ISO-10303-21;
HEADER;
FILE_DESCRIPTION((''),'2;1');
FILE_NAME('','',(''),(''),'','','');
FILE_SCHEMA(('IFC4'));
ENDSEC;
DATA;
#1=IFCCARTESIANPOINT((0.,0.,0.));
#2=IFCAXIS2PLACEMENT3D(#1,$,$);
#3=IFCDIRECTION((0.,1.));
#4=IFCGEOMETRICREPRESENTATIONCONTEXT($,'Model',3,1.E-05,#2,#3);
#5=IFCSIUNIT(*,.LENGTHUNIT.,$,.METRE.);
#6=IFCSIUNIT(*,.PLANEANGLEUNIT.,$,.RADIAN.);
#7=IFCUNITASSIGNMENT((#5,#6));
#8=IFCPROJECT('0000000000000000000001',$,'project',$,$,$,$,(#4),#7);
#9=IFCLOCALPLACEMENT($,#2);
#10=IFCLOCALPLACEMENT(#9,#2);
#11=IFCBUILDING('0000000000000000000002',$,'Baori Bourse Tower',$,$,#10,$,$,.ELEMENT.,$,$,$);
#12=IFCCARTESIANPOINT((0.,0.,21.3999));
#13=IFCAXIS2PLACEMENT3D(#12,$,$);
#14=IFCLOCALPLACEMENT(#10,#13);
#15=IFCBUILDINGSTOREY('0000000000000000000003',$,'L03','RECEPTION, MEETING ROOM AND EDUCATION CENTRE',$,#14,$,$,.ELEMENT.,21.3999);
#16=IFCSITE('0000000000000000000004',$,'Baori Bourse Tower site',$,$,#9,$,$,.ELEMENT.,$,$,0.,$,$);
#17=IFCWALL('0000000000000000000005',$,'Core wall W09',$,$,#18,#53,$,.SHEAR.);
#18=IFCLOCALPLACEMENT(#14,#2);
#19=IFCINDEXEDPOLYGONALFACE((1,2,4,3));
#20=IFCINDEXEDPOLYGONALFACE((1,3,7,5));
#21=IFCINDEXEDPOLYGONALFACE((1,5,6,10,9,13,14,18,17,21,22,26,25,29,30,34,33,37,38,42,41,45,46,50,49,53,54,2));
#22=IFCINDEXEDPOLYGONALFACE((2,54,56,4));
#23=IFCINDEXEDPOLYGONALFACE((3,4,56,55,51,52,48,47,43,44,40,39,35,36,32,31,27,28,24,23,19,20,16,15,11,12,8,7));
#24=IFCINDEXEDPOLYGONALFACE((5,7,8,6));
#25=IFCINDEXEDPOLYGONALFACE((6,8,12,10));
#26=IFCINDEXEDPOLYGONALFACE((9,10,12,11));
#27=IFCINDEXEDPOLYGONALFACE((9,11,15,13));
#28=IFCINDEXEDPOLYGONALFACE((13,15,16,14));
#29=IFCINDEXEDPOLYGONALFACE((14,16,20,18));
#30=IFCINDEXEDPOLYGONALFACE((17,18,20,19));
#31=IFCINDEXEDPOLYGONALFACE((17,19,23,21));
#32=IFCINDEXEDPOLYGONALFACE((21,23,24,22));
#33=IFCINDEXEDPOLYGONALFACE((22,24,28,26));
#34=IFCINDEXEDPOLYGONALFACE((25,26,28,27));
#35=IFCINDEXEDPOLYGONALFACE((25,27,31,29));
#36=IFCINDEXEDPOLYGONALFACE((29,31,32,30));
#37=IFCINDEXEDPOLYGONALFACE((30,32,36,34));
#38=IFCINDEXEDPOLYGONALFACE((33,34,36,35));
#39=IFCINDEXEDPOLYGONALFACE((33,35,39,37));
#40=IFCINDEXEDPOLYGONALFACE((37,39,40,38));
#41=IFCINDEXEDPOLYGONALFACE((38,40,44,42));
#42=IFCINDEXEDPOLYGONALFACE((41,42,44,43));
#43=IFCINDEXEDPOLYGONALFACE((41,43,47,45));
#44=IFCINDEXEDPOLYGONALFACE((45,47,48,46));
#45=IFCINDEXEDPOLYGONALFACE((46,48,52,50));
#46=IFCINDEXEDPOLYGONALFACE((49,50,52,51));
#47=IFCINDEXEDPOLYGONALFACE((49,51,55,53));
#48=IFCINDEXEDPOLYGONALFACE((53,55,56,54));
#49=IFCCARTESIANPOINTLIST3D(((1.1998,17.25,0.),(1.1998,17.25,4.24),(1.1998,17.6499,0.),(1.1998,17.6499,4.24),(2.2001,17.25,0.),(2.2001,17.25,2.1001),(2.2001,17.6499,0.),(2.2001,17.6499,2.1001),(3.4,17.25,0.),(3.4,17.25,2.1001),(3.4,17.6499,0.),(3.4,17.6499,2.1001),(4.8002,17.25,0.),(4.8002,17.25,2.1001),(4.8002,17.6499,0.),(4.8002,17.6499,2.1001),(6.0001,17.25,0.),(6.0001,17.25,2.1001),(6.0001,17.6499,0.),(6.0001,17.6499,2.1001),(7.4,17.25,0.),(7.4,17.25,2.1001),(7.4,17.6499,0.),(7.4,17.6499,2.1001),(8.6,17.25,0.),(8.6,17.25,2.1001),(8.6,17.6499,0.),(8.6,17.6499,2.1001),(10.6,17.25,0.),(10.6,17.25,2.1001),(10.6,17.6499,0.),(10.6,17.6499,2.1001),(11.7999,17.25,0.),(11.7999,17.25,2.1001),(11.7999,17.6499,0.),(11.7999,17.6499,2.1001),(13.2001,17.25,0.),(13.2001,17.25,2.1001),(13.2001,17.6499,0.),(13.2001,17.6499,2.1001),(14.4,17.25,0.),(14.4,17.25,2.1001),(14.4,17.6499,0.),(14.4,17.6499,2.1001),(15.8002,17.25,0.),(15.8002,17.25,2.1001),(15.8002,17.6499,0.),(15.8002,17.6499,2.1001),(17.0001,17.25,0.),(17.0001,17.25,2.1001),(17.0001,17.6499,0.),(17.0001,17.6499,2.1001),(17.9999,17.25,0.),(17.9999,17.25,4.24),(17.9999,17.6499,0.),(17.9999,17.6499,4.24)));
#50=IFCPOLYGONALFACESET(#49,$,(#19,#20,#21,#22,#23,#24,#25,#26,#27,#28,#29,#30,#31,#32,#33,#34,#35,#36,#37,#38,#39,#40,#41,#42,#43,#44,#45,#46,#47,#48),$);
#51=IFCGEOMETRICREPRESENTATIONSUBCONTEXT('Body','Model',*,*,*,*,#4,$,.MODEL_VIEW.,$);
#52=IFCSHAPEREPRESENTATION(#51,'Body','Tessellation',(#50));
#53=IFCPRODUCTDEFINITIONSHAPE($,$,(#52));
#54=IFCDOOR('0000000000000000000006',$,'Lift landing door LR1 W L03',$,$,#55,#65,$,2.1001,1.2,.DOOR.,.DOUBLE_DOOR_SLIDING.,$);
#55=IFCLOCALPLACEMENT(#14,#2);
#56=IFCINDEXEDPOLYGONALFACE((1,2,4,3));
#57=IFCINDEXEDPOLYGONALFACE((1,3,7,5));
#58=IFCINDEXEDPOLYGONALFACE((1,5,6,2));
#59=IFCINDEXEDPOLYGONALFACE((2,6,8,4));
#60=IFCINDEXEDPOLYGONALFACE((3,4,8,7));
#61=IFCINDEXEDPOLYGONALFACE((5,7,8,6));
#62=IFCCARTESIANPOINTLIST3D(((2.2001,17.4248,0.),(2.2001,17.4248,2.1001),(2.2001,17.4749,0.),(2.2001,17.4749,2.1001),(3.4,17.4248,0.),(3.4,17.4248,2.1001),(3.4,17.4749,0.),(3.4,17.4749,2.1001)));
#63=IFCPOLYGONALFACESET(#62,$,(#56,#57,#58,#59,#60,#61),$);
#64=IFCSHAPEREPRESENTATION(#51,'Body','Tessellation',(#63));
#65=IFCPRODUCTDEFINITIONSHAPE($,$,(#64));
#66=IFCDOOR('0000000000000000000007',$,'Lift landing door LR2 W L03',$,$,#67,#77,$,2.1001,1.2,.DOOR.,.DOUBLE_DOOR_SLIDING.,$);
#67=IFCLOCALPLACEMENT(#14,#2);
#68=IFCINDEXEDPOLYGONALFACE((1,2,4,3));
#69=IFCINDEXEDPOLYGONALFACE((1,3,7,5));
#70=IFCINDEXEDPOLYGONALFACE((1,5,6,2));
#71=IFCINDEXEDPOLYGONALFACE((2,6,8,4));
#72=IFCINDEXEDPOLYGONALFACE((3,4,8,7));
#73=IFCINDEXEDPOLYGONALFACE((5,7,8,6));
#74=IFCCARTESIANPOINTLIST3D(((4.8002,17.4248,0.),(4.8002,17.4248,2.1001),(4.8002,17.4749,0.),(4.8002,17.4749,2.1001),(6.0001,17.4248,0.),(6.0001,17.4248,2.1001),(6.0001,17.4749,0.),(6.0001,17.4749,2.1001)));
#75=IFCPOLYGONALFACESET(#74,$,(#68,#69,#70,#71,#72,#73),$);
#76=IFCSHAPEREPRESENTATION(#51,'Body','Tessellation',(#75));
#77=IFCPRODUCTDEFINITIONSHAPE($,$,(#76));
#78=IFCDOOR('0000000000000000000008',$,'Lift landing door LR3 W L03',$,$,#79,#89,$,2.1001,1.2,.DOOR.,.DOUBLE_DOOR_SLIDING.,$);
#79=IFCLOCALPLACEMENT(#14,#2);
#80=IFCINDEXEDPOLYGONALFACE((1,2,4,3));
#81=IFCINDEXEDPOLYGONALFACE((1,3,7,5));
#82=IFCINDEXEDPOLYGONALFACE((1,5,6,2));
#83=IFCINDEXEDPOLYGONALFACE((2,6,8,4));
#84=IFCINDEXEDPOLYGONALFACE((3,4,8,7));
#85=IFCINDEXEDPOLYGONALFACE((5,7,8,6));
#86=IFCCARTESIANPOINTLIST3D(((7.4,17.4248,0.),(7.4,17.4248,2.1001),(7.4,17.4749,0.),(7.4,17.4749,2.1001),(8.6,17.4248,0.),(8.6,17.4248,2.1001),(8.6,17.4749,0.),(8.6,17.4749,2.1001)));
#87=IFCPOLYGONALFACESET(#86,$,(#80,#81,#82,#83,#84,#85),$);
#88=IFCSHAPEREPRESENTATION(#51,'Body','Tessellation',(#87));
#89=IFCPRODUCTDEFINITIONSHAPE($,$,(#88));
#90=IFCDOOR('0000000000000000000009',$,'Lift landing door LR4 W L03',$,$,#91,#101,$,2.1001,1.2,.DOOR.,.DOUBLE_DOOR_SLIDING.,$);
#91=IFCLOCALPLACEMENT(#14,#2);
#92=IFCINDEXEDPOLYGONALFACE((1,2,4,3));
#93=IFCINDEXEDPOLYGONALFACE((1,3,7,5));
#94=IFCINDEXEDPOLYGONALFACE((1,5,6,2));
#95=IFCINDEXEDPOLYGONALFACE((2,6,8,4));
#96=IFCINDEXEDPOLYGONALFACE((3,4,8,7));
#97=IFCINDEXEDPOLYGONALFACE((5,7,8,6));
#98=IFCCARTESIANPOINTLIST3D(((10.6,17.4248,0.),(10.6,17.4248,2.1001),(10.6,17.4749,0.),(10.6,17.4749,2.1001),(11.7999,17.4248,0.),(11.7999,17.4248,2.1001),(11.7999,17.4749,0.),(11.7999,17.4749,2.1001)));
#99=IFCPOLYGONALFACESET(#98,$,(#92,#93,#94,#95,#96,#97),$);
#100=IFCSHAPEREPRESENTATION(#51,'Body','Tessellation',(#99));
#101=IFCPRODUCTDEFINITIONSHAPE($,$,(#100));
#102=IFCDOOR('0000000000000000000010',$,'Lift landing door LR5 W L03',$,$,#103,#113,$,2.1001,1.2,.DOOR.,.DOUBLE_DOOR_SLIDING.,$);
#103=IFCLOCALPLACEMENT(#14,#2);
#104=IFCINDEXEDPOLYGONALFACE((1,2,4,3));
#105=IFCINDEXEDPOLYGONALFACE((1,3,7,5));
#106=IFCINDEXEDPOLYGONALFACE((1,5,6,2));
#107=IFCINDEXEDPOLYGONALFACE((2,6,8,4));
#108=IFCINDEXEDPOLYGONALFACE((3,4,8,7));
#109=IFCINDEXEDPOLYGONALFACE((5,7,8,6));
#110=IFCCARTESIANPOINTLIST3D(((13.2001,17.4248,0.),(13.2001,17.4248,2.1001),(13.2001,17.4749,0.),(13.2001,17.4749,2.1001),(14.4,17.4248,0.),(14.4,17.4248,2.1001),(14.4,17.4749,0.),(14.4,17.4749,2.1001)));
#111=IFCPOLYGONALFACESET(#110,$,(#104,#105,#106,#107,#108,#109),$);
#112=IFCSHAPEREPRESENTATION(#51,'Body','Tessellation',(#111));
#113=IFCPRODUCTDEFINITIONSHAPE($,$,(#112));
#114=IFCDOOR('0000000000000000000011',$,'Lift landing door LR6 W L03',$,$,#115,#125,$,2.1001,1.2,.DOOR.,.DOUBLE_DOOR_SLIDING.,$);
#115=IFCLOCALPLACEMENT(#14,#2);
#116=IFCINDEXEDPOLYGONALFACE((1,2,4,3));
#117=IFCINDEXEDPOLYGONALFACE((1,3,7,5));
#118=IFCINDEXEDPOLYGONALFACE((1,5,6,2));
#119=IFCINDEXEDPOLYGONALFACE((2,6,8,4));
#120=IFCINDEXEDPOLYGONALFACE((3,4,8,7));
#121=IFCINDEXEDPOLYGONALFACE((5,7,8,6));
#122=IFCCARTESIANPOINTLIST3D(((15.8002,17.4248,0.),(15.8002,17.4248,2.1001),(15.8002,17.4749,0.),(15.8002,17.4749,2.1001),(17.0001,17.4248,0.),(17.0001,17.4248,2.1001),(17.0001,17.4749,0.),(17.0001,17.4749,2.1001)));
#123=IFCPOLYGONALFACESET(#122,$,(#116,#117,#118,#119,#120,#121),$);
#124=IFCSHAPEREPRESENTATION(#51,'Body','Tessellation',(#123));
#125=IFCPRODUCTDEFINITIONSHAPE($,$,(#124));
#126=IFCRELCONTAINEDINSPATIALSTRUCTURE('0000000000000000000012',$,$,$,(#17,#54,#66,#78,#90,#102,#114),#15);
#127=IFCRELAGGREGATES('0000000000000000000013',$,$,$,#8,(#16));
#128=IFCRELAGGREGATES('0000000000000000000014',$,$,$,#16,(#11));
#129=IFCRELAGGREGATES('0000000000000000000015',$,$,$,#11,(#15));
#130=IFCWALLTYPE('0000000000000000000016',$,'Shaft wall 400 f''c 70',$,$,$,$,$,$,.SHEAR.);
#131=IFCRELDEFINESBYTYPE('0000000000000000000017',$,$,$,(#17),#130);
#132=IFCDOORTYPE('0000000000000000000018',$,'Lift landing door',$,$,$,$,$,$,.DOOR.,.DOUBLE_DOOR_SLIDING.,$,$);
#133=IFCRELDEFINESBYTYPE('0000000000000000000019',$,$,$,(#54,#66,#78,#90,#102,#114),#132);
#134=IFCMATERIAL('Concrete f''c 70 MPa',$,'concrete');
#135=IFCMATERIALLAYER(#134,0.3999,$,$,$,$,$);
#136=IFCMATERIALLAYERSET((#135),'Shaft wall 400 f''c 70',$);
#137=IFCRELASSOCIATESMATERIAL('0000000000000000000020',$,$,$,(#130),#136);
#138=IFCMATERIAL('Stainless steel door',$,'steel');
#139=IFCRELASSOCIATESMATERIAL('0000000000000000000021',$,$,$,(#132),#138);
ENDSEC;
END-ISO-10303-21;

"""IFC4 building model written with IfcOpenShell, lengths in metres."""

from ifc_helpers import new_model, si_unit, direction, frame, frame_2d, origin, place, context, subcontext, project, spatial, rectangle, extrude, material, layer, layer_set, type_object, element, fill, save


model = new_model("IFC4")

# Units and contexts
model_context = context("Model", 3, precision=1e-05, world=origin(), true_north=direction((0.0, 1.0)))
body_context = subcontext(model_context, "Body", "Model", "MODEL_VIEW")
ifc_project = project(units=[si_unit("LENGTHUNIT", "METRE"), si_unit("PLANEANGLEUNIT", "RADIAN")], contexts=[model_context])

# Site, building, storey
site_placement = place(None, origin())
site = spatial("IfcSite", under=ifc_project, at=site_placement, Name="Baori Bourse Tower site", CompositionType="ELEMENT", RefElevation=0.0)
building_placement = place(site_placement, origin())
building = spatial("IfcBuilding", under=site, at=building_placement, Name="Baori Bourse Tower", CompositionType="ELEMENT")
storey_placement = place(building_placement, frame((0.0, 0.0, 21.3999)))
storey = spatial("IfcBuildingStorey", under=building, at=storey_placement, Name="L03", Description="RECEPTION, MEETING ROOM AND EDUCATION CENTRE", CompositionType="ELEMENT", Elevation=21.3999)

# Shared definitions
ifc_material_1 = material(Name="Concrete f'c 70 MPa", Category="concrete")
ifc_layer_1 = layer(ifc_material_1, 0.3999)
ifc_layer_set_1 = layer_set([ifc_layer_1], Name="Shaft wall 400 f'c 70")
wall_type_1 = type_object("IfcWallType", Name="Shaft wall 400 f'c 70", PredefinedType="SHEAR", material=ifc_layer_set_1)

# Wall, openings, doors
wall_1_placement = place(storey_placement, frame((1.2, 17.45, 0.0), z_axis=(0.0, 0.0, 1.0), x_axis=(1.0, 0.0, 0.0)))
wall_1 = element("IfcWall", 1, at=wall_1_placement, inside=storey, type_object=wall_type_1, Name="Core wall W09", PredefinedType="SHEAR", context=body_context, shape_type="SweptSolid", body=[
    extrude(rectangle(XDim=16.8, YDim=0.3999, at=frame_2d((8.3999, 0.0))), origin(), (0.0, 0.0, 1.0), 4.24),
])
opening_1_placement = place(wall_1_placement, frame((1.0, 0.0, 0.0)))
opening_1 = element("IfcOpeningElement", 2, at=opening_1_placement, cuts=wall_1, PredefinedType="OPENING", context=body_context, shape_type="SweptSolid", body=[
    extrude(rectangle(XDim=1.2, YDim=2.1001, at=frame_2d((0.6001, 1.05))), frame((0.0, 0.21, 0.0), z_axis=(0.0, -1.0, 0.0), x_axis=(1.0, 0.0, 0.0)), (0.0, 0.0, 1.0), 0.4199),
])
opening_2_placement = place(wall_1_placement, frame((3.6001, 0.0, 0.0)))
opening_2 = element("IfcOpeningElement", 3, at=opening_2_placement, cuts=wall_1, PredefinedType="OPENING", context=body_context, shape_type="SweptSolid", body=[
    extrude(rectangle(XDim=1.2, YDim=2.1001, at=frame_2d((0.6001, 1.05))), frame((0.0, 0.21, 0.0), z_axis=(0.0, -1.0, 0.0), x_axis=(1.0, 0.0, 0.0)), (0.0, 0.0, 1.0), 0.4199),
])
opening_3_placement = place(wall_1_placement, frame((6.2, 0.0, 0.0)))
opening_3 = element("IfcOpeningElement", 4, at=opening_3_placement, cuts=wall_1, PredefinedType="OPENING", context=body_context, shape_type="SweptSolid", body=[
    extrude(rectangle(XDim=1.2, YDim=2.1001, at=frame_2d((0.6001, 1.05))), frame((0.0, 0.21, 0.0), z_axis=(0.0, -1.0, 0.0), x_axis=(1.0, 0.0, 0.0)), (0.0, 0.0, 1.0), 0.4199),
])
opening_4_placement = place(wall_1_placement, frame((9.3999, 0.0, 0.0)))
opening_4 = element("IfcOpeningElement", 5, at=opening_4_placement, cuts=wall_1, PredefinedType="OPENING", context=body_context, shape_type="SweptSolid", body=[
    extrude(rectangle(XDim=1.2, YDim=2.1001, at=frame_2d((0.6001, 1.05))), frame((0.0, 0.21, 0.0), z_axis=(0.0, -1.0, 0.0), x_axis=(1.0, 0.0, 0.0)), (0.0, 0.0, 1.0), 0.4199),
])
opening_5_placement = place(wall_1_placement, frame((12.0, 0.0, 0.0)))
opening_5 = element("IfcOpeningElement", 6, at=opening_5_placement, cuts=wall_1, PredefinedType="OPENING", context=body_context, shape_type="SweptSolid", body=[
    extrude(rectangle(XDim=1.2, YDim=2.1001, at=frame_2d((0.6001, 1.05))), frame((0.0, 0.21, 0.0), z_axis=(0.0, -1.0, 0.0), x_axis=(1.0, 0.0, 0.0)), (0.0, 0.0, 1.0), 0.4199),
])
opening_6_placement = place(wall_1_placement, frame((14.6001, 0.0, 0.0)))
opening_6 = element("IfcOpeningElement", 7, at=opening_6_placement, cuts=wall_1, PredefinedType="OPENING", context=body_context, shape_type="SweptSolid", body=[
    extrude(rectangle(XDim=1.2, YDim=2.1001, at=frame_2d((0.6001, 1.05))), frame((0.0, 0.21, 0.0), z_axis=(0.0, -1.0, 0.0), x_axis=(1.0, 0.0, 0.0)), (0.0, 0.0, 1.0), 0.4199),
])
ifc_material_2 = material(Name="Stainless steel door", Category="steel")
door_type_1 = type_object("IfcDoorType", Name="Lift landing door", OperationType="DOUBLE_DOOR_SLIDING", PredefinedType="DOOR", material=ifc_material_2)
door_1_placement = place(opening_1_placement, origin())
door_1 = element("IfcDoor", 8, at=door_1_placement, inside=storey, type_object=door_type_1, Name="Lift landing door LR1 W L03", OperationType="DOUBLE_DOOR_SLIDING", OverallHeight=2.1001, OverallWidth=1.2, PredefinedType="DOOR", context=body_context, shape_type="SweptSolid", body=[
    extrude(rectangle(XDim=1.2, YDim=2.1001, at=frame_2d((0.6001, 1.05))), frame((0.0, 0.0249, 0.0), z_axis=(0.0, -1.0, 0.0), x_axis=(1.0, 0.0, 0.0)), (0.0, 0.0, 1.0), 0.05),
])
fill(opening_1, door_1)
door_2_placement = place(opening_2_placement, origin())
door_2 = element("IfcDoor", 9, at=door_2_placement, inside=storey, type_object=door_type_1, Name="Lift landing door LR2 W L03", OperationType="DOUBLE_DOOR_SLIDING", OverallHeight=2.1001, OverallWidth=1.2, PredefinedType="DOOR", context=body_context, shape_type="SweptSolid", body=[
    extrude(rectangle(XDim=1.2, YDim=2.1001, at=frame_2d((0.6001, 1.05))), frame((0.0, 0.0249, 0.0), z_axis=(0.0, -1.0, 0.0), x_axis=(1.0, 0.0, 0.0)), (0.0, 0.0, 1.0), 0.05),
])
fill(opening_2, door_2)
door_3_placement = place(opening_3_placement, origin())
door_3 = element("IfcDoor", 10, at=door_3_placement, inside=storey, type_object=door_type_1, Name="Lift landing door LR3 W L03", OperationType="DOUBLE_DOOR_SLIDING", OverallHeight=2.1001, OverallWidth=1.2, PredefinedType="DOOR", context=body_context, shape_type="SweptSolid", body=[
    extrude(rectangle(XDim=1.2, YDim=2.1001, at=frame_2d((0.6001, 1.05))), frame((0.0, 0.0249, 0.0), z_axis=(0.0, -1.0, 0.0), x_axis=(1.0, 0.0, 0.0)), (0.0, 0.0, 1.0), 0.05),
])
fill(opening_3, door_3)
door_4_placement = place(opening_4_placement, origin())
door_4 = element("IfcDoor", 11, at=door_4_placement, inside=storey, type_object=door_type_1, Name="Lift landing door LR4 W L03", OperationType="DOUBLE_DOOR_SLIDING", OverallHeight=2.1001, OverallWidth=1.2, PredefinedType="DOOR", context=body_context, shape_type="SweptSolid", body=[
    extrude(rectangle(XDim=1.2, YDim=2.1001, at=frame_2d((0.6001, 1.05))), frame((0.0, 0.0249, 0.0), z_axis=(0.0, -1.0, 0.0), x_axis=(1.0, 0.0, 0.0)), (0.0, 0.0, 1.0), 0.05),
])
fill(opening_4, door_4)
door_5_placement = place(opening_5_placement, origin())
door_5 = element("IfcDoor", 12, at=door_5_placement, inside=storey, type_object=door_type_1, Name="Lift landing door LR5 W L03", OperationType="DOUBLE_DOOR_SLIDING", OverallHeight=2.1001, OverallWidth=1.2, PredefinedType="DOOR", context=body_context, shape_type="SweptSolid", body=[
    extrude(rectangle(XDim=1.2, YDim=2.1001, at=frame_2d((0.6001, 1.05))), frame((0.0, 0.0249, 0.0), z_axis=(0.0, -1.0, 0.0), x_axis=(1.0, 0.0, 0.0)), (0.0, 0.0, 1.0), 0.05),
])
fill(opening_5, door_5)
door_6_placement = place(opening_6_placement, origin())
door_6 = element("IfcDoor", 13, at=door_6_placement, inside=storey, type_object=door_type_1, Name="Lift landing door LR6 W L03", OperationType="DOUBLE_DOOR_SLIDING", OverallHeight=2.1001, OverallWidth=1.2, PredefinedType="DOOR", context=body_context, shape_type="SweptSolid", body=[
    extrude(rectangle(XDim=1.2, YDim=2.1001, at=frame_2d((0.6001, 1.05))), frame((0.0, 0.0249, 0.0), z_axis=(0.0, -1.0, 0.0), x_axis=(1.0, 0.0, 0.0)), (0.0, 0.0, 1.0), 0.05),
])
fill(opening_6, door_6)

save(model, "model.ifc")
